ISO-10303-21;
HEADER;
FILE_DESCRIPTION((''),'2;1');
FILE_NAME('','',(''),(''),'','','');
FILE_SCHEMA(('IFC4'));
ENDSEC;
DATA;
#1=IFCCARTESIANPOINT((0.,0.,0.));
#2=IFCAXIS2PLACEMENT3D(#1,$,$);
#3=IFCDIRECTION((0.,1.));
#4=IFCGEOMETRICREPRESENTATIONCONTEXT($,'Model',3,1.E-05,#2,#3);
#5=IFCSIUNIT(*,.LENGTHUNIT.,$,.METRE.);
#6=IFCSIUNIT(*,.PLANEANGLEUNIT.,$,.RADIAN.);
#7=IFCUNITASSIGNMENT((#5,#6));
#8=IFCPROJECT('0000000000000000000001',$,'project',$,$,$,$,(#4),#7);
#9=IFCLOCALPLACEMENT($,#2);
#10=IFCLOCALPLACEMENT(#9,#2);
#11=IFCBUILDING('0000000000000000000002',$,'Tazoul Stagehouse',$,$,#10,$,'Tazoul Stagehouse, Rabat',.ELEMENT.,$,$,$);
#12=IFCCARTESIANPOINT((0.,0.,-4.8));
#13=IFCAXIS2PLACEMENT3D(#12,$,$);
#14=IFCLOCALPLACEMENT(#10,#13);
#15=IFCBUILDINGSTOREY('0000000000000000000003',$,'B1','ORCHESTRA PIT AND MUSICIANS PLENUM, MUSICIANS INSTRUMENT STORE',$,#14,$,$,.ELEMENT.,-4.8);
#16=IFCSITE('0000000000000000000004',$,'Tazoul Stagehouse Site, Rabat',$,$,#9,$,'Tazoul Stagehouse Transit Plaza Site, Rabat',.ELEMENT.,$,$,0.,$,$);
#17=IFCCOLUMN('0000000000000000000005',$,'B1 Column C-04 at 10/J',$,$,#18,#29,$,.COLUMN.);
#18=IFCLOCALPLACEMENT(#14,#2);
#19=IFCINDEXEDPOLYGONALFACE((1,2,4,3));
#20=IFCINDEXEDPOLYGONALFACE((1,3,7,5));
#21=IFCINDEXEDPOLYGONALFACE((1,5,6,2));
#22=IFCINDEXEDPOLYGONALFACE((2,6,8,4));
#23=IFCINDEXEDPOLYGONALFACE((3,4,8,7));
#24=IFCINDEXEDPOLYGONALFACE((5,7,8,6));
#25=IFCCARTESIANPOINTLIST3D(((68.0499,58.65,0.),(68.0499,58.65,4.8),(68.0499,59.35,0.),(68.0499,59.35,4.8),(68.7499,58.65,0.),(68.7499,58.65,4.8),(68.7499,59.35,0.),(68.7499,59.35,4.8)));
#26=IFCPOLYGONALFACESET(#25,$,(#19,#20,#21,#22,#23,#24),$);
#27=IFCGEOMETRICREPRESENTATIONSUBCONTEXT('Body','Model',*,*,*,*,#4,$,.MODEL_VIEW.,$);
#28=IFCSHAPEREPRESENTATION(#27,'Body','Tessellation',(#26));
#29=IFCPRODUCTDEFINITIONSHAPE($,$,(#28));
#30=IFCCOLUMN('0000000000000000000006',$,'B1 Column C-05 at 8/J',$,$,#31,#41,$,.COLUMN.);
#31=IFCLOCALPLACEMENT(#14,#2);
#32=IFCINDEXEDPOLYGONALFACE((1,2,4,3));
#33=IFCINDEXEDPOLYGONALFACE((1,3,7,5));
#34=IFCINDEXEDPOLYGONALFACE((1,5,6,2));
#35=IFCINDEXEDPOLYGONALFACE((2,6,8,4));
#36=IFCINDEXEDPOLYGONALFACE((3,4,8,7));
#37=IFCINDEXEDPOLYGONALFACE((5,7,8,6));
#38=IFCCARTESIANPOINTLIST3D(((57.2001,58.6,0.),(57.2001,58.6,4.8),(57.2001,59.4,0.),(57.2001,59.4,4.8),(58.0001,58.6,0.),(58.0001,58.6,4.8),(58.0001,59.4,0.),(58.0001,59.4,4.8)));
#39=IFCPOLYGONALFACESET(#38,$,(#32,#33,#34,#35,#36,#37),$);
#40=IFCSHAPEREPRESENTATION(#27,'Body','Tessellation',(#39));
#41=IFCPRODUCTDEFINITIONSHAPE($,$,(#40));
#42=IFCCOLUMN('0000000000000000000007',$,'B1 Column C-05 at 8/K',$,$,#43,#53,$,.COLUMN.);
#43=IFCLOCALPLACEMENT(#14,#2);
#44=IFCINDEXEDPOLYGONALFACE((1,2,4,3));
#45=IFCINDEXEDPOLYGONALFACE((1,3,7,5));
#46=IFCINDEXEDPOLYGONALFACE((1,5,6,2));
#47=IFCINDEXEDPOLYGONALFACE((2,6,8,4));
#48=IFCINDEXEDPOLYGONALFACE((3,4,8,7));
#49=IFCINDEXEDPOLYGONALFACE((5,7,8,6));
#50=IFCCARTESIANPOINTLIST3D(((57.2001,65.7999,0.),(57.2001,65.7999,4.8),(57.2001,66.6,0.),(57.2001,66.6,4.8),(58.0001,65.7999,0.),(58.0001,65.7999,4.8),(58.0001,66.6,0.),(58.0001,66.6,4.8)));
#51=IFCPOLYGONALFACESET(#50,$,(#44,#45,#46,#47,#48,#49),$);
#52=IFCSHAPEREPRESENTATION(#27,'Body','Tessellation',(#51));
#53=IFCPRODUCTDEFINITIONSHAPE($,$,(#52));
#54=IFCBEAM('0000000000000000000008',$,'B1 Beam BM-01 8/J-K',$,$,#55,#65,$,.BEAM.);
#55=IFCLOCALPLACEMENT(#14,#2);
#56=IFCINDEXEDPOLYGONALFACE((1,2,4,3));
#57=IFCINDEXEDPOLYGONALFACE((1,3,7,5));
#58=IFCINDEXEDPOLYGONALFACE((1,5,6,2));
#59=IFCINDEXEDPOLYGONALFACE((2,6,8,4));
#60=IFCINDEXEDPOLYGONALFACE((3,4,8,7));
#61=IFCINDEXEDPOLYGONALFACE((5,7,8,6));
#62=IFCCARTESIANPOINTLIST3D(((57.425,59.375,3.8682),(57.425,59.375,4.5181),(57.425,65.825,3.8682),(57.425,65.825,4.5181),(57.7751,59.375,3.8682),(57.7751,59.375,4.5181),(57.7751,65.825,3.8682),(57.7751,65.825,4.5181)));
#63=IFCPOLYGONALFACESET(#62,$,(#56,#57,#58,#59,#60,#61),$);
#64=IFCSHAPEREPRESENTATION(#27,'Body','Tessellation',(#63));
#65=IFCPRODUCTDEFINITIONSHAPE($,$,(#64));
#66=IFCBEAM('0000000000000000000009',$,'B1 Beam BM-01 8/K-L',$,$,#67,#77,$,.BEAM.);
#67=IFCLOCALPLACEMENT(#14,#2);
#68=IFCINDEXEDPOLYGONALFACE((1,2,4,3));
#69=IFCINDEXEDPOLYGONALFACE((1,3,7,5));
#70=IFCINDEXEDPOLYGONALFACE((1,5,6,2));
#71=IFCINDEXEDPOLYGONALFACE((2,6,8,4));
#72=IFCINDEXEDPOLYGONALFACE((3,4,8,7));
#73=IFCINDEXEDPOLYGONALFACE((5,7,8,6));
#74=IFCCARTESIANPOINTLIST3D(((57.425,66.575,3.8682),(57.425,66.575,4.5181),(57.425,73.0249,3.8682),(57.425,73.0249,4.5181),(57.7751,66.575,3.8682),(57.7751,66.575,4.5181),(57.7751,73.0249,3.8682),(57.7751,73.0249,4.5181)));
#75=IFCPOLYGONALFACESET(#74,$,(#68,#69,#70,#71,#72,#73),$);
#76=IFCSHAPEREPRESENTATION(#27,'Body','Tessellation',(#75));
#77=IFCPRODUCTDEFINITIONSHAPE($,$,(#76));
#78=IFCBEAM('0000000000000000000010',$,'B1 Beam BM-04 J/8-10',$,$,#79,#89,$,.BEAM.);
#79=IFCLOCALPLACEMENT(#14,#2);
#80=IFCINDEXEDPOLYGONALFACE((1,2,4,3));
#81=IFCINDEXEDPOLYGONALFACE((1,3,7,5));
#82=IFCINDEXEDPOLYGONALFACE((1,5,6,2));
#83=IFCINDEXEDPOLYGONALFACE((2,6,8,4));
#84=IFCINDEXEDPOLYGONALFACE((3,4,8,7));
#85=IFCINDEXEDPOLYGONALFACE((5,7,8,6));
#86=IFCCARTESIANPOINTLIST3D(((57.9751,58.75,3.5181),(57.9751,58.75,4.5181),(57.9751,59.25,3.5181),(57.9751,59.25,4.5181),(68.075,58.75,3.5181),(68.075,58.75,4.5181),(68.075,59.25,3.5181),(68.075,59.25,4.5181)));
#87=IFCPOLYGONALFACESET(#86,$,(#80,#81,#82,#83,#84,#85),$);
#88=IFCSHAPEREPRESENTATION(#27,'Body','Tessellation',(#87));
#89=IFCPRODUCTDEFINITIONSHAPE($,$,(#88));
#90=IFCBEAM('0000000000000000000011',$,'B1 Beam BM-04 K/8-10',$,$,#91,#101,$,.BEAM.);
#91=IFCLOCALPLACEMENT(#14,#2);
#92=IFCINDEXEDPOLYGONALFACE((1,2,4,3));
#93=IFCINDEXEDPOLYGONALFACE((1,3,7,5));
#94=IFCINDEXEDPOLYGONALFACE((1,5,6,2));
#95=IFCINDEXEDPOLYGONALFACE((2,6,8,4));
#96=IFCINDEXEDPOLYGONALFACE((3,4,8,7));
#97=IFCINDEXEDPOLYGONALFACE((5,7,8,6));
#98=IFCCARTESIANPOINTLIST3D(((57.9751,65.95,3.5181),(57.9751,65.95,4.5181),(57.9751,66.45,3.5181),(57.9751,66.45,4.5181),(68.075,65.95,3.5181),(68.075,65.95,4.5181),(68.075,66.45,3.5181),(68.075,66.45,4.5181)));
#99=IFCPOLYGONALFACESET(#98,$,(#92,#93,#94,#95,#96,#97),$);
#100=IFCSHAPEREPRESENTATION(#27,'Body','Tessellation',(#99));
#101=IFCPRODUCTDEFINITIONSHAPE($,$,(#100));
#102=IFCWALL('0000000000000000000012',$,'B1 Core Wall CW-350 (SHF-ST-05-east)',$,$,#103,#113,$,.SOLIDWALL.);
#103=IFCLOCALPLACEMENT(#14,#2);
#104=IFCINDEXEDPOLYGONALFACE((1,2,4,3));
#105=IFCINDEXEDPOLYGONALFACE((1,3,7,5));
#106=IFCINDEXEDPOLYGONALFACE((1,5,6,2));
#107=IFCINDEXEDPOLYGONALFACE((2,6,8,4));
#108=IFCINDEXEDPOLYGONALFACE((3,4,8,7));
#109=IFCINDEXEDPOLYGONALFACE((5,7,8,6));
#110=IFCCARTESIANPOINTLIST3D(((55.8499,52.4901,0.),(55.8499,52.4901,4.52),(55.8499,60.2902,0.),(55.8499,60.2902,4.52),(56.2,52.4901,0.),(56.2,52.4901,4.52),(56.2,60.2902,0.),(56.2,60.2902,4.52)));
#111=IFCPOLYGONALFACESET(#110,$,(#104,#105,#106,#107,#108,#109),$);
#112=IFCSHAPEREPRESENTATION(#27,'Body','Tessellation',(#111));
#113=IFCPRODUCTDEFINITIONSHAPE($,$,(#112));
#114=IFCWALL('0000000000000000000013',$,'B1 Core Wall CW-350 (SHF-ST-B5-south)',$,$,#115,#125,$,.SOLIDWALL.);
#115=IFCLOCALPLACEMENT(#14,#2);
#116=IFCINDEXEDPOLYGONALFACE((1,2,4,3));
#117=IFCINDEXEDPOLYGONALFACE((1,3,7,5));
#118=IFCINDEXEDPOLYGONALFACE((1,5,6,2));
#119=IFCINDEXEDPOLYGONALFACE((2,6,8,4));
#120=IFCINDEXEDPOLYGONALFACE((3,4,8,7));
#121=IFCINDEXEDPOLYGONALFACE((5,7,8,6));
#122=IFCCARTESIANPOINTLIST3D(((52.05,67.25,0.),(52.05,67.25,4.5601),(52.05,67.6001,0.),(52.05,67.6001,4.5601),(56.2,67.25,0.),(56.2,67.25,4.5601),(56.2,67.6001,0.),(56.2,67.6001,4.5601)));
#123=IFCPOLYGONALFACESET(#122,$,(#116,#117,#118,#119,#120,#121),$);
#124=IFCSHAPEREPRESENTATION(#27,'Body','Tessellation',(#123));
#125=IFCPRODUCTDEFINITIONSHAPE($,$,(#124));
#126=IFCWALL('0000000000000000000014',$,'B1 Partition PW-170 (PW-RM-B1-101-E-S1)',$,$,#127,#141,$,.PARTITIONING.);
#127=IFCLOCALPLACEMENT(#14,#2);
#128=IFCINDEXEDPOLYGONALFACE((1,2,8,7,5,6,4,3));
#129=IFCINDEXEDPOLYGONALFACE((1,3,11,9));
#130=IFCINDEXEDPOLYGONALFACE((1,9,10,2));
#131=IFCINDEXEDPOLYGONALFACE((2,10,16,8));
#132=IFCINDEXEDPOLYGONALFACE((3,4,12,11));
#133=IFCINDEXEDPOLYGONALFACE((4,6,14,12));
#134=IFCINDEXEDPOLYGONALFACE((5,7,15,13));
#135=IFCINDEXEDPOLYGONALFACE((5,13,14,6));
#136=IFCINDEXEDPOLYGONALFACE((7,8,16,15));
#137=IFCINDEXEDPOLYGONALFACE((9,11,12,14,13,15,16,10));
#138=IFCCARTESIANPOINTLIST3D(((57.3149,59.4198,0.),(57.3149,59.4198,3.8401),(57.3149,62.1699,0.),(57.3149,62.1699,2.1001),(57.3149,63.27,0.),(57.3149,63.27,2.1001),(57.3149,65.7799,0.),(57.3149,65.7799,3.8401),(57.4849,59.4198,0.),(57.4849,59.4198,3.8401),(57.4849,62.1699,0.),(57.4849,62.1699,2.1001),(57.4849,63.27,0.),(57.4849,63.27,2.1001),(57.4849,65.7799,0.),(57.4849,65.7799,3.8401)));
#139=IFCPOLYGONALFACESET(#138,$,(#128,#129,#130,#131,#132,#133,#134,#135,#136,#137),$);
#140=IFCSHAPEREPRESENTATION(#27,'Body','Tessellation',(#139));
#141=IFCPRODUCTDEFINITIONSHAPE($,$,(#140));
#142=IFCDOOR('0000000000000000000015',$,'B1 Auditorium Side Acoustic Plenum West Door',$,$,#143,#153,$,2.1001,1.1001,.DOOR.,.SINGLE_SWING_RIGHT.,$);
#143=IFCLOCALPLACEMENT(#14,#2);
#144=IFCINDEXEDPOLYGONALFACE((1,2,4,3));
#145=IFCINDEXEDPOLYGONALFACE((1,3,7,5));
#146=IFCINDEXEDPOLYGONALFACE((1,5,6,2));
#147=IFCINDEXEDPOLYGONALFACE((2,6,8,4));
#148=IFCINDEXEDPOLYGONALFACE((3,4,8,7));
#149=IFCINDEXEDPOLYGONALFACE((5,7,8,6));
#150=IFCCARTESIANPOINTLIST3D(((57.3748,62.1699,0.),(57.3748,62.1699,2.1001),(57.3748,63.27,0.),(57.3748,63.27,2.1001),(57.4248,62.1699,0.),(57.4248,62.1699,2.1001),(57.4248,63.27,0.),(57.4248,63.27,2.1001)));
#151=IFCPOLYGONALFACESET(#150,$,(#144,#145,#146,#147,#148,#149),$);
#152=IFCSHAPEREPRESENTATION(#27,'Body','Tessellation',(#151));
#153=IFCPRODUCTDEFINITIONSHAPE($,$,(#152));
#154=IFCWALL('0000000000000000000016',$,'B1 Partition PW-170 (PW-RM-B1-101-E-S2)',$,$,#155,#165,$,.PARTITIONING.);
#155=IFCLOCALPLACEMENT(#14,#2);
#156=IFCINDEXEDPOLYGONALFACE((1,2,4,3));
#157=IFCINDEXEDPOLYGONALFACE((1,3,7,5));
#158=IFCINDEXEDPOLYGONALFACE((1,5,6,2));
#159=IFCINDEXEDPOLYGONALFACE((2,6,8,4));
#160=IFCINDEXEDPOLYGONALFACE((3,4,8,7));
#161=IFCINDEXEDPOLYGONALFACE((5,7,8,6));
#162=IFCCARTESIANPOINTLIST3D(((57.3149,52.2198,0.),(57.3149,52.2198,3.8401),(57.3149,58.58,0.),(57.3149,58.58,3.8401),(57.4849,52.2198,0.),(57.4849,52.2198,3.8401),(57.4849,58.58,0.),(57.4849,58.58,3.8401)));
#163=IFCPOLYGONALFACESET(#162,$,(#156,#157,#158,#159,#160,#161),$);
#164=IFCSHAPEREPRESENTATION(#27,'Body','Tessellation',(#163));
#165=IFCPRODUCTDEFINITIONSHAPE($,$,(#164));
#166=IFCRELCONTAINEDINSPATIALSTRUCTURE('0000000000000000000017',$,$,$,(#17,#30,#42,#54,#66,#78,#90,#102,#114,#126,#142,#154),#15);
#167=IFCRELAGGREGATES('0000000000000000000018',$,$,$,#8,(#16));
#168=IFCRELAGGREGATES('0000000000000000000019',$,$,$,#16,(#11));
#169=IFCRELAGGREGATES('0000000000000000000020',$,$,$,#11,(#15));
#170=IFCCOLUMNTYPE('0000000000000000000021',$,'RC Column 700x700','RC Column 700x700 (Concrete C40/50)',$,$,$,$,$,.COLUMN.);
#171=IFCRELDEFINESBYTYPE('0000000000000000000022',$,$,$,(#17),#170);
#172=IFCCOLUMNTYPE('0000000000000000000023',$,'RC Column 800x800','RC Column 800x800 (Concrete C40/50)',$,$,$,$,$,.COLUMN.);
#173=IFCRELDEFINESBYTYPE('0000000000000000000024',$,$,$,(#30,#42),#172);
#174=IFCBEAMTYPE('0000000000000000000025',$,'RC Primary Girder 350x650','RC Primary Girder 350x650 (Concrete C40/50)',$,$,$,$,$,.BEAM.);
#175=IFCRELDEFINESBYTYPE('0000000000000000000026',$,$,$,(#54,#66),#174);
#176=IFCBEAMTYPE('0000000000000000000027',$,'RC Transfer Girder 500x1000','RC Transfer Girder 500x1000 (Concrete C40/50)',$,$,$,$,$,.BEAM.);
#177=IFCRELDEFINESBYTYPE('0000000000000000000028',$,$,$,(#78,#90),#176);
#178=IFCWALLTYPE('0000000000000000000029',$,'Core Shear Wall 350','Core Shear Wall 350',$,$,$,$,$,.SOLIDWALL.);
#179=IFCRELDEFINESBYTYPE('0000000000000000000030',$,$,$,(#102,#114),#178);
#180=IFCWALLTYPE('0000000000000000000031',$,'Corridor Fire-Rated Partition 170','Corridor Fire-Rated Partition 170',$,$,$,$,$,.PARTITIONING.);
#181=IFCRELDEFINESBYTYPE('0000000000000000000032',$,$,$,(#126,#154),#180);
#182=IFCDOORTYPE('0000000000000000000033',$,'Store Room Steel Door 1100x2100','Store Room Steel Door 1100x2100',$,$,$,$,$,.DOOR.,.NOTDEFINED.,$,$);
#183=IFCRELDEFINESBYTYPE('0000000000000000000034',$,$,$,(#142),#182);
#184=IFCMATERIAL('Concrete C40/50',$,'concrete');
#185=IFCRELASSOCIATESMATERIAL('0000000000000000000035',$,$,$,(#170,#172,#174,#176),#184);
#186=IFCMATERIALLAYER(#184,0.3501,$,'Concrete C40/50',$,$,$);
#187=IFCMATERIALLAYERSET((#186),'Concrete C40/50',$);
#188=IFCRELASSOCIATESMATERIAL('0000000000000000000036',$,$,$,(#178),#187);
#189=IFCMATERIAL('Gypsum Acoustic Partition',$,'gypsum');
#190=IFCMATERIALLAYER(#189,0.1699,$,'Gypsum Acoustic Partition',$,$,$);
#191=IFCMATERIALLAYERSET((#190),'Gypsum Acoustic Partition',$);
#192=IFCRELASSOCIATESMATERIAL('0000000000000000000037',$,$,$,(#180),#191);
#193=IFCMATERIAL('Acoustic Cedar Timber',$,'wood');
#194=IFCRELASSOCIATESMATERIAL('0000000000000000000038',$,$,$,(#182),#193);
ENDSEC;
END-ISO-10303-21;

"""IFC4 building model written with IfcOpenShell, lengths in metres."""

from ifc_helpers import new_model, si_unit, direction, frame, frame_2d, origin, origin_2d, place, context, subcontext, project, spatial, rectangle, extrude, material, layer, layer_set, material_profile, profile_set, type_object, element, fill, save


model = new_model("IFC4")

# Units and contexts
model_context = context("Model", 3, precision=1e-05, world=origin(), true_north=direction((0.0, 1.0)))
body_context = subcontext(model_context, "Body", "Model", "MODEL_VIEW")
ifc_project = project(units=[si_unit("LENGTHUNIT", "METRE"), si_unit("PLANEANGLEUNIT", "RADIAN")], contexts=[model_context])

# Site, building, storey
site_placement = place(None, origin())
site = spatial("IfcSite", under=ifc_project, at=site_placement, Name="Tazoul Stagehouse Site, Rabat", LongName="Tazoul Stagehouse Transit Plaza Site, Rabat", CompositionType="ELEMENT", RefElevation=0.0)
building_placement = place(site_placement, origin())
building = spatial("IfcBuilding", under=site, at=building_placement, Name="Tazoul Stagehouse", LongName="Tazoul Stagehouse, Rabat", CompositionType="ELEMENT")
storey_placement = place(building_placement, frame((0.0, 0.0, -4.8)))
storey = spatial("IfcBuildingStorey", under=building, at=storey_placement, Name="B1", Description="ORCHESTRA PIT AND MUSICIANS PLENUM, MUSICIANS INSTRUMENT STORE", CompositionType="ELEMENT", Elevation=-4.8)

# Columns
ifc_material_1 = material(Name="Concrete C40/50", Category="concrete")
ifc_material_profile_1 = material_profile(ifc_material_1, rectangle(XDim=0.7, YDim=0.7, at=origin_2d()), Name="RC 700x700")
ifc_profile_set_1 = profile_set([ifc_material_profile_1], Name="Concrete C40/50")
column_type_1 = type_object("IfcColumnType", Name="RC Column 700x700", Description="RC Column 700x700 (Concrete C40/50)", PredefinedType="COLUMN", material=ifc_profile_set_1)
column_placement = place(storey_placement, frame((68.3999, 59.0, 0.0), z_axis=(0.0, 0.0, 1.0), x_axis=(1.0, 0.0, 0.0)))
element("IfcColumn", 1, at=column_placement, inside=storey, type_object=column_type_1, Name="B1 Column C-04 at 10/J", PredefinedType="COLUMN", context=body_context, shape_type="SweptSolid", body=[
    extrude(rectangle(XDim=0.7, YDim=0.7, at=origin_2d()), origin(), (0.0, 0.0, 1.0), 4.8),
])
ifc_material_profile_2 = material_profile(ifc_material_1, rectangle(XDim=0.8, YDim=0.8, at=origin_2d()), Name="RC 800x800")
ifc_profile_set_2 = profile_set([ifc_material_profile_2], Name="Concrete C40/50")
column_type_2 = type_object("IfcColumnType", Name="RC Column 800x800", Description="RC Column 800x800 (Concrete C40/50)", PredefinedType="COLUMN", material=ifc_profile_set_2)
for number, where, z_axis, x_axis, name in (
    (2, (57.6001, 59.0, 0.0), (0.0, 0.0, 1.0), (1.0, 0.0, 0.0), "B1 Column C-05 at 8/J"),
    (3, (57.6001, 66.2, 0.0), (0.0, 0.0, 1.0), (1.0, 0.0, 0.0), "B1 Column C-05 at 8/K"),
):
    element("IfcColumn", number, at=place(storey_placement, frame(where, z_axis=z_axis, x_axis=x_axis)), inside=storey, type_object=column_type_2, Name=name, PredefinedType="COLUMN", context=body_context, shape_type="SweptSolid", body=[
        extrude(rectangle(XDim=0.8, YDim=0.8, at=origin_2d()), origin(), (0.0, 0.0, 1.0), 4.8),
    ])

# Beams
ifc_material_profile_3 = material_profile(ifc_material_1, rectangle(XDim=0.3501, YDim=0.6499, at=origin_2d()), Name="RC 350x650")
ifc_profile_set_3 = profile_set([ifc_material_profile_3], Name="Concrete C40/50")
beam_type_1 = type_object("IfcBeamType", Name="RC Primary Girder 350x650", Description="RC Primary Girder 350x650 (Concrete C40/50)", PredefinedType="BEAM", material=ifc_profile_set_3)
for number, where, z_axis, x_axis, name in (
    (4, (57.6001, 59.375, 4.1931), (0.0, 1.0, 0.0), (-1.0, 0.0, 0.0), "B1 Beam BM-01 8/J-K"),
    (5, (57.6001, 66.575, 4.1931), (0.0, 1.0, 0.0), (-1.0, 0.0, 0.0), "B1 Beam BM-01 8/K-L"),
):
    element("IfcBeam", number, at=place(storey_placement, frame(where, z_axis=z_axis, x_axis=x_axis)), inside=storey, type_object=beam_type_1, Name=name, PredefinedType="BEAM", context=body_context, shape_type="SweptSolid", body=[
        extrude(rectangle(XDim=0.3501, YDim=0.6499, at=origin_2d()), origin(), (0.0, 0.0, 1.0), 6.45),
    ])
ifc_material_profile_4 = material_profile(ifc_material_1, rectangle(XDim=0.5, YDim=1.0, at=origin_2d()), Name="RC 500x1000")
ifc_profile_set_4 = profile_set([ifc_material_profile_4], Name="Concrete C40/50")
beam_type_2 = type_object("IfcBeamType", Name="RC Transfer Girder 500x1000", Description="RC Transfer Girder 500x1000 (Concrete C40/50)", PredefinedType="BEAM", material=ifc_profile_set_4)
for number, where, z_axis, x_axis, name in (
    (6, (57.9751, 59.0, 4.0181), (1.0, 0.0, 0.0), (0.0, 1.0, 0.0), "B1 Beam BM-04 J/8-10"),
    (7, (57.9751, 66.2, 4.0181), (1.0, 0.0, 0.0), (0.0, 1.0, 0.0), "B1 Beam BM-04 K/8-10"),
):
    element("IfcBeam", number, at=place(storey_placement, frame(where, z_axis=z_axis, x_axis=x_axis)), inside=storey, type_object=beam_type_2, Name=name, PredefinedType="BEAM", context=body_context, shape_type="SweptSolid", body=[
        extrude(rectangle(XDim=0.5, YDim=1.0, at=origin_2d()), origin(), (0.0, 0.0, 1.0), 10.0999),
    ])

# Walls
ifc_layer_1 = layer(ifc_material_1, 0.3501, Name="Concrete C40/50")
ifc_layer_set_1 = layer_set([ifc_layer_1], Name="Concrete C40/50")
wall_type_1 = type_object("IfcWallType", Name="Core Shear Wall 350", Description="Core Shear Wall 350", PredefinedType="SOLIDWALL", material=ifc_layer_set_1)
wall_1_placement = place(storey_placement, frame((56.0249, 60.29, 0.0), z_axis=(0.0, 0.0, 1.0), x_axis=(0.0, -1.0, 0.0)))
element("IfcWall", 8, at=wall_1_placement, inside=storey, type_object=wall_type_1, Name="B1 Core Wall CW-350 (SHF-ST-05-east)", PredefinedType="SOLIDWALL", context=body_context, shape_type="SweptSolid", body=[
    extrude(rectangle(XDim=7.8, YDim=0.3501, at=frame_2d((3.8999, 0.0))), origin(), (0.0, 0.0, 1.0), 4.52),
])
wall_2_placement = place(storey_placement, frame((56.2, 67.425, 0.0), z_axis=(0.0, 0.0, 1.0), x_axis=(-1.0, 0.0, 0.0)))
element("IfcWall", 9, at=wall_2_placement, inside=storey, type_object=wall_type_1, Name="B1 Core Wall CW-350 (SHF-ST-B5-south)", PredefinedType="SOLIDWALL", context=body_context, shape_type="SweptSolid", body=[
    extrude(rectangle(XDim=4.1499, YDim=0.3501, at=frame_2d((2.075, 0.0))), origin(), (0.0, 0.0, 1.0), 4.5601),
])

# Wall, opening, door
ifc_material_2 = material(Name="Gypsum Acoustic Partition", Category="gypsum")
ifc_layer_2 = layer(ifc_material_2, 0.1699, Name="Gypsum Acoustic Partition")
ifc_layer_set_2 = layer_set([ifc_layer_2], Name="Gypsum Acoustic Partition")
wall_type_2 = type_object("IfcWallType", Name="Corridor Fire-Rated Partition 170", Description="Corridor Fire-Rated Partition 170", PredefinedType="PARTITIONING", material=ifc_layer_set_2)
wall_3_placement = place(storey_placement, frame((57.3999, 65.78, 0.0), z_axis=(0.0, 0.0, 1.0), x_axis=(0.0, -1.0, 0.0)))
wall_3 = element("IfcWall", 10, at=wall_3_placement, inside=storey, type_object=wall_type_2, Name="B1 Partition PW-170 (PW-RM-B1-101-E-S1)", PredefinedType="PARTITIONING", context=body_context, shape_type="SweptSolid", body=[
    extrude(rectangle(XDim=6.3601, YDim=0.1699, at=frame_2d((3.1802, 0.0))), origin(), (0.0, 0.0, 1.0), 3.8401),
])
opening_placement = place(wall_3_placement, frame((2.51, 0.0, 0.0)))
opening = element("IfcOpeningElement", 11, at=opening_placement, cuts=wall_3, PredefinedType="OPENING", context=body_context, shape_type="SweptSolid", body=[
    extrude(rectangle(XDim=1.1001, YDim=2.1001, at=frame_2d((0.55, 1.05))), frame((0.0, 0.105, 0.0), z_axis=(0.0, -1.0, 0.0), x_axis=(1.0, 0.0, 0.0)), (0.0, 0.0, 1.0), 0.21),
])
ifc_material_3 = material(Name="Acoustic Cedar Timber", Category="wood")
door_type = type_object("IfcDoorType", Name="Store Room Steel Door 1100x2100", Description="Store Room Steel Door 1100x2100", OperationType="NOTDEFINED", PredefinedType="DOOR", material=ifc_material_3)
door_placement = place(opening_placement, origin())
door = element("IfcDoor", 12, at=door_placement, inside=storey, type_object=door_type, Name="B1 Auditorium Side Acoustic Plenum West Door", OperationType="SINGLE_SWING_RIGHT", OverallHeight=2.1001, OverallWidth=1.1001, PredefinedType="DOOR", context=body_context, shape_type="SweptSolid", body=[
    extrude(rectangle(XDim=1.1001, YDim=2.1001, at=frame_2d((0.55, 1.05))), frame((0.0, 0.0249, 0.0), z_axis=(0.0, -1.0, 0.0), x_axis=(1.0, 0.0, 0.0)), (0.0, 0.0, 1.0), 0.05),
])
fill(opening, door)

# Wall
wall_4_placement = place(storey_placement, frame((57.3999, 58.5801, 0.0), z_axis=(0.0, 0.0, 1.0), x_axis=(0.0, -1.0, 0.0)))
element("IfcWall", 13, at=wall_4_placement, inside=storey, type_object=wall_type_2, Name="B1 Partition PW-170 (PW-RM-B1-101-E-S2)", PredefinedType="PARTITIONING", context=body_context, shape_type="SweptSolid", body=[
    extrude(rectangle(XDim=6.3601, YDim=0.1699, at=frame_2d((3.1802, 0.0))), origin(), (0.0, 0.0, 1.0), 3.8401),
])

save(model, "model.ifc")
